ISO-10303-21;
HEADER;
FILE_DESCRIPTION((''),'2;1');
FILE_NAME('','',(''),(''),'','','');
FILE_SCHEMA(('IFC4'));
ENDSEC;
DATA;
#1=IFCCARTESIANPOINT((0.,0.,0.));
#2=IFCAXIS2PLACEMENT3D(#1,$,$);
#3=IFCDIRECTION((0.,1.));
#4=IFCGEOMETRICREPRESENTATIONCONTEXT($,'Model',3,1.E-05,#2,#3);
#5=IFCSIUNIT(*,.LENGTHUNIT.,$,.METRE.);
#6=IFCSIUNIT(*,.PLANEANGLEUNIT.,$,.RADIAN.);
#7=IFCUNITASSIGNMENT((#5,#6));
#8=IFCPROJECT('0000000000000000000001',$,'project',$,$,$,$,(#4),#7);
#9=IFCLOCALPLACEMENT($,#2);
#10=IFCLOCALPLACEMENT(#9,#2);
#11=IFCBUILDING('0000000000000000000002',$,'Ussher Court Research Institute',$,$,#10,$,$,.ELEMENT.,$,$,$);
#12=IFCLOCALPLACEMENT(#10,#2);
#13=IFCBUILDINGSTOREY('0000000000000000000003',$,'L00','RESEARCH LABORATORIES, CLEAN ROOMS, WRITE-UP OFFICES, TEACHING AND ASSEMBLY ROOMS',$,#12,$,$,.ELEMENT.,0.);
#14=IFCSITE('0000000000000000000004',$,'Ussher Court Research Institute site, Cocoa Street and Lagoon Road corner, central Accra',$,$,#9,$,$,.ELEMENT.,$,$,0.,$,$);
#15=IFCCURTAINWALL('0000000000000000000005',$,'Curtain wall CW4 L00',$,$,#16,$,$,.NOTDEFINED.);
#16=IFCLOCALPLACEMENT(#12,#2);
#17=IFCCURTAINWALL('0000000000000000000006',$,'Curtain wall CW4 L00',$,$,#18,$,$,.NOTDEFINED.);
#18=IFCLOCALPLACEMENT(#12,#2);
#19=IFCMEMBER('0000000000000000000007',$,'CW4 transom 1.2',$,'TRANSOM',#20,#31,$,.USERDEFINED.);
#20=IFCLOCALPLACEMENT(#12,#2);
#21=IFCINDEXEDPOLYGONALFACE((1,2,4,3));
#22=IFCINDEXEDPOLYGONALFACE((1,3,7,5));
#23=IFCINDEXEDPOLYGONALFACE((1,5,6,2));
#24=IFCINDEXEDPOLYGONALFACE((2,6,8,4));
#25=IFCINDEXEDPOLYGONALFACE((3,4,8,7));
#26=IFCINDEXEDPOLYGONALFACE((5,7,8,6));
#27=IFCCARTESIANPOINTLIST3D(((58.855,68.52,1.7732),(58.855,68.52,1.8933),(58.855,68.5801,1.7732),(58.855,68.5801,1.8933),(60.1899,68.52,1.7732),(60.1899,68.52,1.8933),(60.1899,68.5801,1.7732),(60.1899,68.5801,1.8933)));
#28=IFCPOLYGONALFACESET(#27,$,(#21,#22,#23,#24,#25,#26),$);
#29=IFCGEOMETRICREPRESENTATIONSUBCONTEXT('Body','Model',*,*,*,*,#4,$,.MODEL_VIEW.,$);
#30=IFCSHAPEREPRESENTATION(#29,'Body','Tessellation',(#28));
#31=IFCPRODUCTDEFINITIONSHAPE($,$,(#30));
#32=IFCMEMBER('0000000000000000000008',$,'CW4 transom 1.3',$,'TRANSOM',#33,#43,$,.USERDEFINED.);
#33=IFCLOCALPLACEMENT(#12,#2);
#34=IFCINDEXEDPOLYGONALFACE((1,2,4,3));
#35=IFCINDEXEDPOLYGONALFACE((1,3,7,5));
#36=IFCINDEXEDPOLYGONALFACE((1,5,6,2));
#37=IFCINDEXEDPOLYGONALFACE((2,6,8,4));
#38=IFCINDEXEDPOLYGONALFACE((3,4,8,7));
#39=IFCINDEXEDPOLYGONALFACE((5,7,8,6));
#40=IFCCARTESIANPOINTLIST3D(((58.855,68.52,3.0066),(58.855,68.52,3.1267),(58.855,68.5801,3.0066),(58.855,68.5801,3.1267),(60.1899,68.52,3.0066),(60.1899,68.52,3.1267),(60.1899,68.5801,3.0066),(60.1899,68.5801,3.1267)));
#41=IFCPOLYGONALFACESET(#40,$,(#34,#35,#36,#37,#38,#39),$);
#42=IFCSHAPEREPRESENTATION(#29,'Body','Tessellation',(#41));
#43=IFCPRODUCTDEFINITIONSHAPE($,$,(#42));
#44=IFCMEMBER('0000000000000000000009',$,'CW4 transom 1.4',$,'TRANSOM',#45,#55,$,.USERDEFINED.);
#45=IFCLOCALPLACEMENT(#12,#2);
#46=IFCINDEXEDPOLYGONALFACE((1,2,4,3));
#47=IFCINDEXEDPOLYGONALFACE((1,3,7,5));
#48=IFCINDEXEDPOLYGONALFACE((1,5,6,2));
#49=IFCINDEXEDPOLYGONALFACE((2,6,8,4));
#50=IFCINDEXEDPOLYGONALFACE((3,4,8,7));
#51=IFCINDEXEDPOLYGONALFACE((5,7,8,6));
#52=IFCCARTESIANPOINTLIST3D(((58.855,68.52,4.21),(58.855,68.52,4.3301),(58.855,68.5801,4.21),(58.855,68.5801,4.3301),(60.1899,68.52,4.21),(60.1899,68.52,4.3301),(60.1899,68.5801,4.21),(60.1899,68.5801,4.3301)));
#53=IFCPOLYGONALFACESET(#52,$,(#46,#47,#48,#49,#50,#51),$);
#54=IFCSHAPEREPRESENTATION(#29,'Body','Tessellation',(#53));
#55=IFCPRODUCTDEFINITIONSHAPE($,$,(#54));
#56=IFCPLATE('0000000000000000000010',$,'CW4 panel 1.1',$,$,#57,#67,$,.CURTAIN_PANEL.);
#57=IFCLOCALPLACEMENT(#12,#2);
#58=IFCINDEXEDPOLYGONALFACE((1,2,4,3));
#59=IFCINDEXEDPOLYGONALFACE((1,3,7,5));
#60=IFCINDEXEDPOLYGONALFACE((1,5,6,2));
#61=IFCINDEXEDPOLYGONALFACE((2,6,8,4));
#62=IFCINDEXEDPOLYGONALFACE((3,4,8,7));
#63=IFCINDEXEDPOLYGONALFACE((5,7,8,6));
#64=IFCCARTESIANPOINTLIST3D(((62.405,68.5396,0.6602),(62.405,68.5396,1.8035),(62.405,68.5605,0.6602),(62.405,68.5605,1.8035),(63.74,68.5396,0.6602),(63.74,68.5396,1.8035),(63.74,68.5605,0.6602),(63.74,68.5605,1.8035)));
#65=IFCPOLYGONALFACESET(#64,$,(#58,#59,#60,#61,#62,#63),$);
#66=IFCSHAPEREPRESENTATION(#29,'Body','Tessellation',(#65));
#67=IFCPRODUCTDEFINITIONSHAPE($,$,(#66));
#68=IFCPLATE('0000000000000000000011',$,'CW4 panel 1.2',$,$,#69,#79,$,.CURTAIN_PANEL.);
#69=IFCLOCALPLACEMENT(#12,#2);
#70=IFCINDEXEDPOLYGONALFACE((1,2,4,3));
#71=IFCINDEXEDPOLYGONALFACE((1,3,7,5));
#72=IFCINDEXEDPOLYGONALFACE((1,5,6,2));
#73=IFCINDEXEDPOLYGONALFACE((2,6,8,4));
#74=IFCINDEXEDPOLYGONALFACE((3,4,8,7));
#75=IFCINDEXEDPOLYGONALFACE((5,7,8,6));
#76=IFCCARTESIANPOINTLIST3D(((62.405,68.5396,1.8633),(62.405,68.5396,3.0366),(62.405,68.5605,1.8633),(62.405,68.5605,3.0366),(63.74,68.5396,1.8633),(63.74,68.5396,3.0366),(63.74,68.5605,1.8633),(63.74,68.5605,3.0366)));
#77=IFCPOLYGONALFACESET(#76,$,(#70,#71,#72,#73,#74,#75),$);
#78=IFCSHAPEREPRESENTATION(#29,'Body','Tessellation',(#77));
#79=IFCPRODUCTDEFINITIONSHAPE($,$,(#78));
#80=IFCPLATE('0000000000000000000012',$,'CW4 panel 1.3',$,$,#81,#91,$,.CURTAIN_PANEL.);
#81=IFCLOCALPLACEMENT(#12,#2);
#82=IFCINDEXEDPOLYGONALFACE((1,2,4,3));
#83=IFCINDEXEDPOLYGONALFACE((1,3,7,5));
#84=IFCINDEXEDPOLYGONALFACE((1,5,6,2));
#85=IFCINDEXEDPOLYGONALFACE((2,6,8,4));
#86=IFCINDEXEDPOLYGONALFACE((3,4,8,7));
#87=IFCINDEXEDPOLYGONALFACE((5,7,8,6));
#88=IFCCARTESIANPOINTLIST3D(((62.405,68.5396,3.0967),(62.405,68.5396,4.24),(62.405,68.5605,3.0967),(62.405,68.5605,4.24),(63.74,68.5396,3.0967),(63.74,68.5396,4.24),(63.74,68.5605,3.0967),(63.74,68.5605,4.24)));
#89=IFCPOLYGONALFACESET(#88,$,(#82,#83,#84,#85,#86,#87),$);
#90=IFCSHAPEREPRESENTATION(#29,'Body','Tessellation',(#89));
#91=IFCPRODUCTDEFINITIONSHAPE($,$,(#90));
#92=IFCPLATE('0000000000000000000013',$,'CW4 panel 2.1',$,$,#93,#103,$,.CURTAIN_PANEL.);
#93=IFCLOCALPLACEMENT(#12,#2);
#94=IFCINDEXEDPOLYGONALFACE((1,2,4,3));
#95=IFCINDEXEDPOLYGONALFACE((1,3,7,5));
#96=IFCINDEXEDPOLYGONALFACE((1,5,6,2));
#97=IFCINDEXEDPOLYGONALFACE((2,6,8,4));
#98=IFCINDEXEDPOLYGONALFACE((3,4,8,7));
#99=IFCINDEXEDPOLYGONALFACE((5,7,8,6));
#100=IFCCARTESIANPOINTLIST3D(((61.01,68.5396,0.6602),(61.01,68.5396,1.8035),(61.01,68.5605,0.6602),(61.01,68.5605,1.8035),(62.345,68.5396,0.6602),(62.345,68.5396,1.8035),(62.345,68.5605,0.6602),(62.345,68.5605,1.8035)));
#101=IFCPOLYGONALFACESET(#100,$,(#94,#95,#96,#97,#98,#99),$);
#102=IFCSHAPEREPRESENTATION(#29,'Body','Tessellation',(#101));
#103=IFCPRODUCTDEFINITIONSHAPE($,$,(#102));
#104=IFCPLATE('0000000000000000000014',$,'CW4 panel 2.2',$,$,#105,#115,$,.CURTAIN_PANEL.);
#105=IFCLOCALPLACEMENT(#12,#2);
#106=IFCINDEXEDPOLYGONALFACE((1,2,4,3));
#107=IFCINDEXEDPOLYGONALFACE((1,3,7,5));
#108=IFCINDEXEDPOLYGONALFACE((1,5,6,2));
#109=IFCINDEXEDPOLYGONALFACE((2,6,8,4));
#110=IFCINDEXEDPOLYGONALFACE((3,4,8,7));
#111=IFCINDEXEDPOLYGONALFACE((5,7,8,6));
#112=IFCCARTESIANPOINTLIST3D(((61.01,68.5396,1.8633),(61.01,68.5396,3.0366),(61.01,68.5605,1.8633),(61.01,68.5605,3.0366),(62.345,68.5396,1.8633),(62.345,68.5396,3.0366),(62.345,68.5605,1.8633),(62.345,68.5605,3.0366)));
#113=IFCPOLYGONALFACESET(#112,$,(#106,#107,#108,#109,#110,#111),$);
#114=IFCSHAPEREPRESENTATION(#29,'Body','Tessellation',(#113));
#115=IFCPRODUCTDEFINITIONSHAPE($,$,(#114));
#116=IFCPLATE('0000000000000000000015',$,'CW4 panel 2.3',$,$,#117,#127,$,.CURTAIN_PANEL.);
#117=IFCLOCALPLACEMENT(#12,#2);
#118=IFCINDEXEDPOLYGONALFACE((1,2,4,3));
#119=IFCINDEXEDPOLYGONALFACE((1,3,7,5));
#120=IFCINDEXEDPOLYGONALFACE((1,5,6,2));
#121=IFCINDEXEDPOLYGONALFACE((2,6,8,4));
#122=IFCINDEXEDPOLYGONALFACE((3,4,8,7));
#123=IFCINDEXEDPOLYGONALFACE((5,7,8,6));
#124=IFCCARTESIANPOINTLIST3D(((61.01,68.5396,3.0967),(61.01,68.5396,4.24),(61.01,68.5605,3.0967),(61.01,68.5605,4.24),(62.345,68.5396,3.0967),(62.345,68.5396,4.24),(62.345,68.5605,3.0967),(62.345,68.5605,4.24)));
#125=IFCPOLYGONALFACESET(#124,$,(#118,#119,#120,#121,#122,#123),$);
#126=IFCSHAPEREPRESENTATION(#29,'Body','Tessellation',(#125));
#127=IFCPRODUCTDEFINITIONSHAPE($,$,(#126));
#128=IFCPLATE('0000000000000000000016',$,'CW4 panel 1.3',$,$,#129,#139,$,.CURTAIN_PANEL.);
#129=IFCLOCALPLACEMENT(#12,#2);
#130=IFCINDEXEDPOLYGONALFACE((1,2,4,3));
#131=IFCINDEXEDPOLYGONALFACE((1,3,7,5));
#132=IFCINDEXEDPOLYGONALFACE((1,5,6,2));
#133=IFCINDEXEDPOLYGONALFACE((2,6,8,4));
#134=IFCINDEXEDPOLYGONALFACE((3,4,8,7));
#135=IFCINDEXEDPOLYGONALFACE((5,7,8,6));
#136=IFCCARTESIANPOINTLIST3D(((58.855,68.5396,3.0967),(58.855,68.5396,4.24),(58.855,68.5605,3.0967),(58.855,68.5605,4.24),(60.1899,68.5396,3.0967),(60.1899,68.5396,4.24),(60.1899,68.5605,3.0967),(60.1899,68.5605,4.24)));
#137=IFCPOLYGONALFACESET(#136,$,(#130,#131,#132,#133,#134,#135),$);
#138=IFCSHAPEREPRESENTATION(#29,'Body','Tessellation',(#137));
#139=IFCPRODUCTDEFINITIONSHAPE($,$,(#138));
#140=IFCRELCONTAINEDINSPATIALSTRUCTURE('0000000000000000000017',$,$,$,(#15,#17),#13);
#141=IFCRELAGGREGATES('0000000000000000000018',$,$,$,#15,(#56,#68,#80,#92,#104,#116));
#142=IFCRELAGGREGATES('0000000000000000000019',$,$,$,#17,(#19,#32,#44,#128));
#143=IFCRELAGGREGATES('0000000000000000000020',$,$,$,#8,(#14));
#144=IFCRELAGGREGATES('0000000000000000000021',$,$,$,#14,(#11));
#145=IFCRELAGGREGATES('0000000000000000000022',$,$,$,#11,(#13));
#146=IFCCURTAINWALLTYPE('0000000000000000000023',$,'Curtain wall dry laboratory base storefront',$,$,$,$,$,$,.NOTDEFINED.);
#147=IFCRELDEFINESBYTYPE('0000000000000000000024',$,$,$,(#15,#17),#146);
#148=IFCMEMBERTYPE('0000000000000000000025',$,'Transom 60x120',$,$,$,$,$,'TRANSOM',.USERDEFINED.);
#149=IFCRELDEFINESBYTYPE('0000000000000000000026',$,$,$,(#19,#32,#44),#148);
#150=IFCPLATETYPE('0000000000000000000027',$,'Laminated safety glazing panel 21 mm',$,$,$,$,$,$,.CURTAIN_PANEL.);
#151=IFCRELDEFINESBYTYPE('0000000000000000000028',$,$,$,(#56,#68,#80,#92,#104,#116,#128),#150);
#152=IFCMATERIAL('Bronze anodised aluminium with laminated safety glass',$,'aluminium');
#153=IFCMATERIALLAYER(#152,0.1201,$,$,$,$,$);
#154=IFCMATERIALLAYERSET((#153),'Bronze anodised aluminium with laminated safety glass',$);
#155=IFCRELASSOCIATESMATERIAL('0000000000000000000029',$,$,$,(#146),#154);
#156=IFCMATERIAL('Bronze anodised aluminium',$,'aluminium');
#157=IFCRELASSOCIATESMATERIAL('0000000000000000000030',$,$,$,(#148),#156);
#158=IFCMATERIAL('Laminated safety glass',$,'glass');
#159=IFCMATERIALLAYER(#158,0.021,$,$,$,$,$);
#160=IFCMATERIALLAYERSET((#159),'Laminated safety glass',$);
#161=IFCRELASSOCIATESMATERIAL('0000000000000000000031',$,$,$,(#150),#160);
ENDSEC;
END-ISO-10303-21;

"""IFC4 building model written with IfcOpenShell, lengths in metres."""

from ifc_helpers import new_model, si_unit, direction, frame, origin, origin_2d, place, context, subcontext, project, spatial, rectangle, extrude, material, layer, layer_set, material_profile, profile_set, type_object, element, aggregate, save


model = new_model("IFC4")

# Units and contexts
model_context = context("Model", 3, precision=1e-05, world=origin(), true_north=direction((0.0, 1.0)))
body_context = subcontext(model_context, "Body", "Model", "MODEL_VIEW")
ifc_project = project(units=[si_unit("LENGTHUNIT", "METRE"), si_unit("PLANEANGLEUNIT", "RADIAN")], contexts=[model_context])

# Site, building, storey
site_placement = place(None, origin())
site = spatial("IfcSite", under=ifc_project, at=site_placement, Name="Ussher Court Research Institute site, Cocoa Street and Lagoon Road corner, central Accra", CompositionType="ELEMENT", RefElevation=0.0)
building_placement = place(site_placement, origin())
building = spatial("IfcBuilding", under=site, at=building_placement, Name="Ussher Court Research Institute", CompositionType="ELEMENT")
storey_placement = place(building_placement, origin())
storey = spatial("IfcBuildingStorey", under=building, at=storey_placement, Name="L00", Description="RESEARCH LABORATORIES, CLEAN ROOMS, WRITE-UP OFFICES, TEACHING AND ASSEMBLY ROOMS", CompositionType="ELEMENT", Elevation=0.0)

# Curtain wall
ifc_material_1 = material(Name="Bronze anodised aluminium with laminated safety glass", Category="aluminium")
ifc_layer_1 = layer(ifc_material_1, 0.1201)
ifc_layer_set_1 = layer_set([ifc_layer_1], Name="Bronze anodised aluminium with laminated safety glass")
curtain_wall_type = type_object("IfcCurtainWallType", Name="Curtain wall dry laboratory base storefront", PredefinedType="NOTDEFINED", material=ifc_layer_set_1)
curtain_wall_1_placement = place(storey_placement, origin())
curtain_wall_1 = element("IfcCurtainWall", 1, at=curtain_wall_1_placement, inside=storey, type_object=curtain_wall_type, Name="Curtain wall CW4 L00", PredefinedType="NOTDEFINED")

# Curtain wall
curtain_wall_2_placement = place(storey_placement, origin())
curtain_wall_2 = element("IfcCurtainWall", 2, at=curtain_wall_2_placement, inside=storey, type_object=curtain_wall_type, Name="Curtain wall CW4 L00", PredefinedType="NOTDEFINED")

# Members
ifc_material_2 = material(Name="Bronze anodised aluminium", Category="aluminium")
ifc_material_profile_1 = material_profile(ifc_material_2, rectangle(XDim=0.0601, YDim=0.1201, at=origin_2d()), Name="Transom 60x120")
ifc_profile_set_1 = profile_set([ifc_material_profile_1], Name="Bronze anodised aluminium")
member_type_1 = type_object("IfcMemberType", Name="Transom 60x120", ElementType="TRANSOM", PredefinedType="USERDEFINED", material=ifc_profile_set_1)
member_1_placement = place(storey_placement, frame((60.1899, 68.55, 1.8333), z_axis=(-1.0, 0.0, 0.0), x_axis=(0.0, -1.0, 0.0)))
member_1 = element("IfcMember", 3, at=member_1_placement, type_object=member_type_1, Name="CW4 transom 1.2", ObjectType="TRANSOM", PredefinedType="USERDEFINED", context=body_context, shape_type="SweptSolid", body=[
    extrude(rectangle(XDim=0.0601, YDim=0.1201, at=origin_2d()), origin(), (0.0, 0.0, 1.0), 1.335),
])
member_2_placement = place(storey_placement, frame((60.1899, 68.55, 3.0667), z_axis=(-1.0, 0.0, 0.0), x_axis=(0.0, -1.0, 0.0)))
member_2 = element("IfcMember", 4, at=member_2_placement, type_object=member_type_1, Name="CW4 transom 1.3", ObjectType="TRANSOM", PredefinedType="USERDEFINED", context=body_context, shape_type="SweptSolid", body=[
    extrude(rectangle(XDim=0.0601, YDim=0.1201, at=origin_2d()), origin(), (0.0, 0.0, 1.0), 1.335),
])
member_3_placement = place(storey_placement, frame((60.1899, 68.55, 4.27), z_axis=(-1.0, 0.0, 0.0), x_axis=(0.0, -1.0, 0.0)))
member_3 = element("IfcMember", 5, at=member_3_placement, type_object=member_type_1, Name="CW4 transom 1.4", ObjectType="TRANSOM", PredefinedType="USERDEFINED", context=body_context, shape_type="SweptSolid", body=[
    extrude(rectangle(XDim=0.0601, YDim=0.1201, at=origin_2d()), origin(), (0.0, 0.0, 1.0), 1.335),
])

# Plates
ifc_material_3 = material(Name="Laminated safety glass", Category="glass")
ifc_layer_2 = layer(ifc_material_3, 0.021)
ifc_layer_set_2 = layer_set([ifc_layer_2], Name="Laminated safety glass")
plate_type = type_object("IfcPlateType", Name="Laminated safety glazing panel 21 mm", PredefinedType="CURTAIN_PANEL", material=ifc_layer_set_2)
plate_1_placement = place(storey_placement, frame((63.0725, 68.55, 0.6602), z_axis=(0.0, 0.0, 1.0), x_axis=(-1.0, 0.0, 0.0)))
plate_1 = element("IfcPlate", 6, at=plate_1_placement, type_object=plate_type, Name="CW4 panel 1.1", PredefinedType="CURTAIN_PANEL", context=body_context, shape_type="SweptSolid", body=[
    extrude(rectangle(XDim=1.335, YDim=0.021, at=origin_2d()), origin(), (0.0, 0.0, 1.0), 1.1433),
])
plate_2_placement = place(storey_placement, frame((63.0725, 68.55, 1.8633), z_axis=(0.0, 0.0, 1.0), x_axis=(-1.0, 0.0, 0.0)))
plate_2 = element("IfcPlate", 7, at=plate_2_placement, type_object=plate_type, Name="CW4 panel 1.2", PredefinedType="CURTAIN_PANEL", context=body_context, shape_type="SweptSolid", body=[
    extrude(rectangle(XDim=1.335, YDim=0.021, at=origin_2d()), origin(), (0.0, 0.0, 1.0), 1.1733),
])
plate_3_placement = place(storey_placement, frame((63.0725, 68.55, 3.0967), z_axis=(0.0, 0.0, 1.0), x_axis=(-1.0, 0.0, 0.0)))
plate_3 = element("IfcPlate", 8, at=plate_3_placement, type_object=plate_type, Name="CW4 panel 1.3", PredefinedType="CURTAIN_PANEL", context=body_context, shape_type="SweptSolid", body=[
    extrude(rectangle(XDim=1.335, YDim=0.021, at=origin_2d()), origin(), (0.0, 0.0, 1.0), 1.1433),
])
plate_4_placement = place(storey_placement, frame((61.6775, 68.55, 0.6602), z_axis=(0.0, 0.0, 1.0), x_axis=(-1.0, 0.0, 0.0)))
plate_4 = element("IfcPlate", 9, at=plate_4_placement, type_object=plate_type, Name="CW4 panel 2.1", PredefinedType="CURTAIN_PANEL", context=body_context, shape_type="SweptSolid", body=[
    extrude(rectangle(XDim=1.335, YDim=0.021, at=origin_2d()), origin(), (0.0, 0.0, 1.0), 1.1433),
])
plate_5_placement = place(storey_placement, frame((61.6775, 68.55, 1.8633), z_axis=(0.0, 0.0, 1.0), x_axis=(-1.0, 0.0, 0.0)))
plate_5 = element("IfcPlate", 10, at=plate_5_placement, type_object=plate_type, Name="CW4 panel 2.2", PredefinedType="CURTAIN_PANEL", context=body_context, shape_type="SweptSolid", body=[
    extrude(rectangle(XDim=1.335, YDim=0.021, at=origin_2d()), origin(), (0.0, 0.0, 1.0), 1.1733),
])
plate_6_placement = place(storey_placement, frame((61.6775, 68.55, 3.0967), z_axis=(0.0, 0.0, 1.0), x_axis=(-1.0, 0.0, 0.0)))
plate_6 = element("IfcPlate", 11, at=plate_6_placement, type_object=plate_type, Name="CW4 panel 2.3", PredefinedType="CURTAIN_PANEL", context=body_context, shape_type="SweptSolid", body=[
    extrude(rectangle(XDim=1.335, YDim=0.021, at=origin_2d()), origin(), (0.0, 0.0, 1.0), 1.1433),
])
aggregate(curtain_wall_1, [plate_1, plate_2, plate_3, plate_4, plate_5, plate_6])
plate_7_placement = place(storey_placement, frame((59.5225, 68.55, 3.0967), z_axis=(0.0, 0.0, 1.0), x_axis=(-1.0, 0.0, 0.0)))
plate_7 = element("IfcPlate", 12, at=plate_7_placement, type_object=plate_type, Name="CW4 panel 1.3", PredefinedType="CURTAIN_PANEL", context=body_context, shape_type="SweptSolid", body=[
    extrude(rectangle(XDim=1.335, YDim=0.021, at=origin_2d()), origin(), (0.0, 0.0, 1.0), 1.1433),
])
aggregate(curtain_wall_2, [member_1, member_2, member_3, plate_7])

save(model, "model.ifc")
